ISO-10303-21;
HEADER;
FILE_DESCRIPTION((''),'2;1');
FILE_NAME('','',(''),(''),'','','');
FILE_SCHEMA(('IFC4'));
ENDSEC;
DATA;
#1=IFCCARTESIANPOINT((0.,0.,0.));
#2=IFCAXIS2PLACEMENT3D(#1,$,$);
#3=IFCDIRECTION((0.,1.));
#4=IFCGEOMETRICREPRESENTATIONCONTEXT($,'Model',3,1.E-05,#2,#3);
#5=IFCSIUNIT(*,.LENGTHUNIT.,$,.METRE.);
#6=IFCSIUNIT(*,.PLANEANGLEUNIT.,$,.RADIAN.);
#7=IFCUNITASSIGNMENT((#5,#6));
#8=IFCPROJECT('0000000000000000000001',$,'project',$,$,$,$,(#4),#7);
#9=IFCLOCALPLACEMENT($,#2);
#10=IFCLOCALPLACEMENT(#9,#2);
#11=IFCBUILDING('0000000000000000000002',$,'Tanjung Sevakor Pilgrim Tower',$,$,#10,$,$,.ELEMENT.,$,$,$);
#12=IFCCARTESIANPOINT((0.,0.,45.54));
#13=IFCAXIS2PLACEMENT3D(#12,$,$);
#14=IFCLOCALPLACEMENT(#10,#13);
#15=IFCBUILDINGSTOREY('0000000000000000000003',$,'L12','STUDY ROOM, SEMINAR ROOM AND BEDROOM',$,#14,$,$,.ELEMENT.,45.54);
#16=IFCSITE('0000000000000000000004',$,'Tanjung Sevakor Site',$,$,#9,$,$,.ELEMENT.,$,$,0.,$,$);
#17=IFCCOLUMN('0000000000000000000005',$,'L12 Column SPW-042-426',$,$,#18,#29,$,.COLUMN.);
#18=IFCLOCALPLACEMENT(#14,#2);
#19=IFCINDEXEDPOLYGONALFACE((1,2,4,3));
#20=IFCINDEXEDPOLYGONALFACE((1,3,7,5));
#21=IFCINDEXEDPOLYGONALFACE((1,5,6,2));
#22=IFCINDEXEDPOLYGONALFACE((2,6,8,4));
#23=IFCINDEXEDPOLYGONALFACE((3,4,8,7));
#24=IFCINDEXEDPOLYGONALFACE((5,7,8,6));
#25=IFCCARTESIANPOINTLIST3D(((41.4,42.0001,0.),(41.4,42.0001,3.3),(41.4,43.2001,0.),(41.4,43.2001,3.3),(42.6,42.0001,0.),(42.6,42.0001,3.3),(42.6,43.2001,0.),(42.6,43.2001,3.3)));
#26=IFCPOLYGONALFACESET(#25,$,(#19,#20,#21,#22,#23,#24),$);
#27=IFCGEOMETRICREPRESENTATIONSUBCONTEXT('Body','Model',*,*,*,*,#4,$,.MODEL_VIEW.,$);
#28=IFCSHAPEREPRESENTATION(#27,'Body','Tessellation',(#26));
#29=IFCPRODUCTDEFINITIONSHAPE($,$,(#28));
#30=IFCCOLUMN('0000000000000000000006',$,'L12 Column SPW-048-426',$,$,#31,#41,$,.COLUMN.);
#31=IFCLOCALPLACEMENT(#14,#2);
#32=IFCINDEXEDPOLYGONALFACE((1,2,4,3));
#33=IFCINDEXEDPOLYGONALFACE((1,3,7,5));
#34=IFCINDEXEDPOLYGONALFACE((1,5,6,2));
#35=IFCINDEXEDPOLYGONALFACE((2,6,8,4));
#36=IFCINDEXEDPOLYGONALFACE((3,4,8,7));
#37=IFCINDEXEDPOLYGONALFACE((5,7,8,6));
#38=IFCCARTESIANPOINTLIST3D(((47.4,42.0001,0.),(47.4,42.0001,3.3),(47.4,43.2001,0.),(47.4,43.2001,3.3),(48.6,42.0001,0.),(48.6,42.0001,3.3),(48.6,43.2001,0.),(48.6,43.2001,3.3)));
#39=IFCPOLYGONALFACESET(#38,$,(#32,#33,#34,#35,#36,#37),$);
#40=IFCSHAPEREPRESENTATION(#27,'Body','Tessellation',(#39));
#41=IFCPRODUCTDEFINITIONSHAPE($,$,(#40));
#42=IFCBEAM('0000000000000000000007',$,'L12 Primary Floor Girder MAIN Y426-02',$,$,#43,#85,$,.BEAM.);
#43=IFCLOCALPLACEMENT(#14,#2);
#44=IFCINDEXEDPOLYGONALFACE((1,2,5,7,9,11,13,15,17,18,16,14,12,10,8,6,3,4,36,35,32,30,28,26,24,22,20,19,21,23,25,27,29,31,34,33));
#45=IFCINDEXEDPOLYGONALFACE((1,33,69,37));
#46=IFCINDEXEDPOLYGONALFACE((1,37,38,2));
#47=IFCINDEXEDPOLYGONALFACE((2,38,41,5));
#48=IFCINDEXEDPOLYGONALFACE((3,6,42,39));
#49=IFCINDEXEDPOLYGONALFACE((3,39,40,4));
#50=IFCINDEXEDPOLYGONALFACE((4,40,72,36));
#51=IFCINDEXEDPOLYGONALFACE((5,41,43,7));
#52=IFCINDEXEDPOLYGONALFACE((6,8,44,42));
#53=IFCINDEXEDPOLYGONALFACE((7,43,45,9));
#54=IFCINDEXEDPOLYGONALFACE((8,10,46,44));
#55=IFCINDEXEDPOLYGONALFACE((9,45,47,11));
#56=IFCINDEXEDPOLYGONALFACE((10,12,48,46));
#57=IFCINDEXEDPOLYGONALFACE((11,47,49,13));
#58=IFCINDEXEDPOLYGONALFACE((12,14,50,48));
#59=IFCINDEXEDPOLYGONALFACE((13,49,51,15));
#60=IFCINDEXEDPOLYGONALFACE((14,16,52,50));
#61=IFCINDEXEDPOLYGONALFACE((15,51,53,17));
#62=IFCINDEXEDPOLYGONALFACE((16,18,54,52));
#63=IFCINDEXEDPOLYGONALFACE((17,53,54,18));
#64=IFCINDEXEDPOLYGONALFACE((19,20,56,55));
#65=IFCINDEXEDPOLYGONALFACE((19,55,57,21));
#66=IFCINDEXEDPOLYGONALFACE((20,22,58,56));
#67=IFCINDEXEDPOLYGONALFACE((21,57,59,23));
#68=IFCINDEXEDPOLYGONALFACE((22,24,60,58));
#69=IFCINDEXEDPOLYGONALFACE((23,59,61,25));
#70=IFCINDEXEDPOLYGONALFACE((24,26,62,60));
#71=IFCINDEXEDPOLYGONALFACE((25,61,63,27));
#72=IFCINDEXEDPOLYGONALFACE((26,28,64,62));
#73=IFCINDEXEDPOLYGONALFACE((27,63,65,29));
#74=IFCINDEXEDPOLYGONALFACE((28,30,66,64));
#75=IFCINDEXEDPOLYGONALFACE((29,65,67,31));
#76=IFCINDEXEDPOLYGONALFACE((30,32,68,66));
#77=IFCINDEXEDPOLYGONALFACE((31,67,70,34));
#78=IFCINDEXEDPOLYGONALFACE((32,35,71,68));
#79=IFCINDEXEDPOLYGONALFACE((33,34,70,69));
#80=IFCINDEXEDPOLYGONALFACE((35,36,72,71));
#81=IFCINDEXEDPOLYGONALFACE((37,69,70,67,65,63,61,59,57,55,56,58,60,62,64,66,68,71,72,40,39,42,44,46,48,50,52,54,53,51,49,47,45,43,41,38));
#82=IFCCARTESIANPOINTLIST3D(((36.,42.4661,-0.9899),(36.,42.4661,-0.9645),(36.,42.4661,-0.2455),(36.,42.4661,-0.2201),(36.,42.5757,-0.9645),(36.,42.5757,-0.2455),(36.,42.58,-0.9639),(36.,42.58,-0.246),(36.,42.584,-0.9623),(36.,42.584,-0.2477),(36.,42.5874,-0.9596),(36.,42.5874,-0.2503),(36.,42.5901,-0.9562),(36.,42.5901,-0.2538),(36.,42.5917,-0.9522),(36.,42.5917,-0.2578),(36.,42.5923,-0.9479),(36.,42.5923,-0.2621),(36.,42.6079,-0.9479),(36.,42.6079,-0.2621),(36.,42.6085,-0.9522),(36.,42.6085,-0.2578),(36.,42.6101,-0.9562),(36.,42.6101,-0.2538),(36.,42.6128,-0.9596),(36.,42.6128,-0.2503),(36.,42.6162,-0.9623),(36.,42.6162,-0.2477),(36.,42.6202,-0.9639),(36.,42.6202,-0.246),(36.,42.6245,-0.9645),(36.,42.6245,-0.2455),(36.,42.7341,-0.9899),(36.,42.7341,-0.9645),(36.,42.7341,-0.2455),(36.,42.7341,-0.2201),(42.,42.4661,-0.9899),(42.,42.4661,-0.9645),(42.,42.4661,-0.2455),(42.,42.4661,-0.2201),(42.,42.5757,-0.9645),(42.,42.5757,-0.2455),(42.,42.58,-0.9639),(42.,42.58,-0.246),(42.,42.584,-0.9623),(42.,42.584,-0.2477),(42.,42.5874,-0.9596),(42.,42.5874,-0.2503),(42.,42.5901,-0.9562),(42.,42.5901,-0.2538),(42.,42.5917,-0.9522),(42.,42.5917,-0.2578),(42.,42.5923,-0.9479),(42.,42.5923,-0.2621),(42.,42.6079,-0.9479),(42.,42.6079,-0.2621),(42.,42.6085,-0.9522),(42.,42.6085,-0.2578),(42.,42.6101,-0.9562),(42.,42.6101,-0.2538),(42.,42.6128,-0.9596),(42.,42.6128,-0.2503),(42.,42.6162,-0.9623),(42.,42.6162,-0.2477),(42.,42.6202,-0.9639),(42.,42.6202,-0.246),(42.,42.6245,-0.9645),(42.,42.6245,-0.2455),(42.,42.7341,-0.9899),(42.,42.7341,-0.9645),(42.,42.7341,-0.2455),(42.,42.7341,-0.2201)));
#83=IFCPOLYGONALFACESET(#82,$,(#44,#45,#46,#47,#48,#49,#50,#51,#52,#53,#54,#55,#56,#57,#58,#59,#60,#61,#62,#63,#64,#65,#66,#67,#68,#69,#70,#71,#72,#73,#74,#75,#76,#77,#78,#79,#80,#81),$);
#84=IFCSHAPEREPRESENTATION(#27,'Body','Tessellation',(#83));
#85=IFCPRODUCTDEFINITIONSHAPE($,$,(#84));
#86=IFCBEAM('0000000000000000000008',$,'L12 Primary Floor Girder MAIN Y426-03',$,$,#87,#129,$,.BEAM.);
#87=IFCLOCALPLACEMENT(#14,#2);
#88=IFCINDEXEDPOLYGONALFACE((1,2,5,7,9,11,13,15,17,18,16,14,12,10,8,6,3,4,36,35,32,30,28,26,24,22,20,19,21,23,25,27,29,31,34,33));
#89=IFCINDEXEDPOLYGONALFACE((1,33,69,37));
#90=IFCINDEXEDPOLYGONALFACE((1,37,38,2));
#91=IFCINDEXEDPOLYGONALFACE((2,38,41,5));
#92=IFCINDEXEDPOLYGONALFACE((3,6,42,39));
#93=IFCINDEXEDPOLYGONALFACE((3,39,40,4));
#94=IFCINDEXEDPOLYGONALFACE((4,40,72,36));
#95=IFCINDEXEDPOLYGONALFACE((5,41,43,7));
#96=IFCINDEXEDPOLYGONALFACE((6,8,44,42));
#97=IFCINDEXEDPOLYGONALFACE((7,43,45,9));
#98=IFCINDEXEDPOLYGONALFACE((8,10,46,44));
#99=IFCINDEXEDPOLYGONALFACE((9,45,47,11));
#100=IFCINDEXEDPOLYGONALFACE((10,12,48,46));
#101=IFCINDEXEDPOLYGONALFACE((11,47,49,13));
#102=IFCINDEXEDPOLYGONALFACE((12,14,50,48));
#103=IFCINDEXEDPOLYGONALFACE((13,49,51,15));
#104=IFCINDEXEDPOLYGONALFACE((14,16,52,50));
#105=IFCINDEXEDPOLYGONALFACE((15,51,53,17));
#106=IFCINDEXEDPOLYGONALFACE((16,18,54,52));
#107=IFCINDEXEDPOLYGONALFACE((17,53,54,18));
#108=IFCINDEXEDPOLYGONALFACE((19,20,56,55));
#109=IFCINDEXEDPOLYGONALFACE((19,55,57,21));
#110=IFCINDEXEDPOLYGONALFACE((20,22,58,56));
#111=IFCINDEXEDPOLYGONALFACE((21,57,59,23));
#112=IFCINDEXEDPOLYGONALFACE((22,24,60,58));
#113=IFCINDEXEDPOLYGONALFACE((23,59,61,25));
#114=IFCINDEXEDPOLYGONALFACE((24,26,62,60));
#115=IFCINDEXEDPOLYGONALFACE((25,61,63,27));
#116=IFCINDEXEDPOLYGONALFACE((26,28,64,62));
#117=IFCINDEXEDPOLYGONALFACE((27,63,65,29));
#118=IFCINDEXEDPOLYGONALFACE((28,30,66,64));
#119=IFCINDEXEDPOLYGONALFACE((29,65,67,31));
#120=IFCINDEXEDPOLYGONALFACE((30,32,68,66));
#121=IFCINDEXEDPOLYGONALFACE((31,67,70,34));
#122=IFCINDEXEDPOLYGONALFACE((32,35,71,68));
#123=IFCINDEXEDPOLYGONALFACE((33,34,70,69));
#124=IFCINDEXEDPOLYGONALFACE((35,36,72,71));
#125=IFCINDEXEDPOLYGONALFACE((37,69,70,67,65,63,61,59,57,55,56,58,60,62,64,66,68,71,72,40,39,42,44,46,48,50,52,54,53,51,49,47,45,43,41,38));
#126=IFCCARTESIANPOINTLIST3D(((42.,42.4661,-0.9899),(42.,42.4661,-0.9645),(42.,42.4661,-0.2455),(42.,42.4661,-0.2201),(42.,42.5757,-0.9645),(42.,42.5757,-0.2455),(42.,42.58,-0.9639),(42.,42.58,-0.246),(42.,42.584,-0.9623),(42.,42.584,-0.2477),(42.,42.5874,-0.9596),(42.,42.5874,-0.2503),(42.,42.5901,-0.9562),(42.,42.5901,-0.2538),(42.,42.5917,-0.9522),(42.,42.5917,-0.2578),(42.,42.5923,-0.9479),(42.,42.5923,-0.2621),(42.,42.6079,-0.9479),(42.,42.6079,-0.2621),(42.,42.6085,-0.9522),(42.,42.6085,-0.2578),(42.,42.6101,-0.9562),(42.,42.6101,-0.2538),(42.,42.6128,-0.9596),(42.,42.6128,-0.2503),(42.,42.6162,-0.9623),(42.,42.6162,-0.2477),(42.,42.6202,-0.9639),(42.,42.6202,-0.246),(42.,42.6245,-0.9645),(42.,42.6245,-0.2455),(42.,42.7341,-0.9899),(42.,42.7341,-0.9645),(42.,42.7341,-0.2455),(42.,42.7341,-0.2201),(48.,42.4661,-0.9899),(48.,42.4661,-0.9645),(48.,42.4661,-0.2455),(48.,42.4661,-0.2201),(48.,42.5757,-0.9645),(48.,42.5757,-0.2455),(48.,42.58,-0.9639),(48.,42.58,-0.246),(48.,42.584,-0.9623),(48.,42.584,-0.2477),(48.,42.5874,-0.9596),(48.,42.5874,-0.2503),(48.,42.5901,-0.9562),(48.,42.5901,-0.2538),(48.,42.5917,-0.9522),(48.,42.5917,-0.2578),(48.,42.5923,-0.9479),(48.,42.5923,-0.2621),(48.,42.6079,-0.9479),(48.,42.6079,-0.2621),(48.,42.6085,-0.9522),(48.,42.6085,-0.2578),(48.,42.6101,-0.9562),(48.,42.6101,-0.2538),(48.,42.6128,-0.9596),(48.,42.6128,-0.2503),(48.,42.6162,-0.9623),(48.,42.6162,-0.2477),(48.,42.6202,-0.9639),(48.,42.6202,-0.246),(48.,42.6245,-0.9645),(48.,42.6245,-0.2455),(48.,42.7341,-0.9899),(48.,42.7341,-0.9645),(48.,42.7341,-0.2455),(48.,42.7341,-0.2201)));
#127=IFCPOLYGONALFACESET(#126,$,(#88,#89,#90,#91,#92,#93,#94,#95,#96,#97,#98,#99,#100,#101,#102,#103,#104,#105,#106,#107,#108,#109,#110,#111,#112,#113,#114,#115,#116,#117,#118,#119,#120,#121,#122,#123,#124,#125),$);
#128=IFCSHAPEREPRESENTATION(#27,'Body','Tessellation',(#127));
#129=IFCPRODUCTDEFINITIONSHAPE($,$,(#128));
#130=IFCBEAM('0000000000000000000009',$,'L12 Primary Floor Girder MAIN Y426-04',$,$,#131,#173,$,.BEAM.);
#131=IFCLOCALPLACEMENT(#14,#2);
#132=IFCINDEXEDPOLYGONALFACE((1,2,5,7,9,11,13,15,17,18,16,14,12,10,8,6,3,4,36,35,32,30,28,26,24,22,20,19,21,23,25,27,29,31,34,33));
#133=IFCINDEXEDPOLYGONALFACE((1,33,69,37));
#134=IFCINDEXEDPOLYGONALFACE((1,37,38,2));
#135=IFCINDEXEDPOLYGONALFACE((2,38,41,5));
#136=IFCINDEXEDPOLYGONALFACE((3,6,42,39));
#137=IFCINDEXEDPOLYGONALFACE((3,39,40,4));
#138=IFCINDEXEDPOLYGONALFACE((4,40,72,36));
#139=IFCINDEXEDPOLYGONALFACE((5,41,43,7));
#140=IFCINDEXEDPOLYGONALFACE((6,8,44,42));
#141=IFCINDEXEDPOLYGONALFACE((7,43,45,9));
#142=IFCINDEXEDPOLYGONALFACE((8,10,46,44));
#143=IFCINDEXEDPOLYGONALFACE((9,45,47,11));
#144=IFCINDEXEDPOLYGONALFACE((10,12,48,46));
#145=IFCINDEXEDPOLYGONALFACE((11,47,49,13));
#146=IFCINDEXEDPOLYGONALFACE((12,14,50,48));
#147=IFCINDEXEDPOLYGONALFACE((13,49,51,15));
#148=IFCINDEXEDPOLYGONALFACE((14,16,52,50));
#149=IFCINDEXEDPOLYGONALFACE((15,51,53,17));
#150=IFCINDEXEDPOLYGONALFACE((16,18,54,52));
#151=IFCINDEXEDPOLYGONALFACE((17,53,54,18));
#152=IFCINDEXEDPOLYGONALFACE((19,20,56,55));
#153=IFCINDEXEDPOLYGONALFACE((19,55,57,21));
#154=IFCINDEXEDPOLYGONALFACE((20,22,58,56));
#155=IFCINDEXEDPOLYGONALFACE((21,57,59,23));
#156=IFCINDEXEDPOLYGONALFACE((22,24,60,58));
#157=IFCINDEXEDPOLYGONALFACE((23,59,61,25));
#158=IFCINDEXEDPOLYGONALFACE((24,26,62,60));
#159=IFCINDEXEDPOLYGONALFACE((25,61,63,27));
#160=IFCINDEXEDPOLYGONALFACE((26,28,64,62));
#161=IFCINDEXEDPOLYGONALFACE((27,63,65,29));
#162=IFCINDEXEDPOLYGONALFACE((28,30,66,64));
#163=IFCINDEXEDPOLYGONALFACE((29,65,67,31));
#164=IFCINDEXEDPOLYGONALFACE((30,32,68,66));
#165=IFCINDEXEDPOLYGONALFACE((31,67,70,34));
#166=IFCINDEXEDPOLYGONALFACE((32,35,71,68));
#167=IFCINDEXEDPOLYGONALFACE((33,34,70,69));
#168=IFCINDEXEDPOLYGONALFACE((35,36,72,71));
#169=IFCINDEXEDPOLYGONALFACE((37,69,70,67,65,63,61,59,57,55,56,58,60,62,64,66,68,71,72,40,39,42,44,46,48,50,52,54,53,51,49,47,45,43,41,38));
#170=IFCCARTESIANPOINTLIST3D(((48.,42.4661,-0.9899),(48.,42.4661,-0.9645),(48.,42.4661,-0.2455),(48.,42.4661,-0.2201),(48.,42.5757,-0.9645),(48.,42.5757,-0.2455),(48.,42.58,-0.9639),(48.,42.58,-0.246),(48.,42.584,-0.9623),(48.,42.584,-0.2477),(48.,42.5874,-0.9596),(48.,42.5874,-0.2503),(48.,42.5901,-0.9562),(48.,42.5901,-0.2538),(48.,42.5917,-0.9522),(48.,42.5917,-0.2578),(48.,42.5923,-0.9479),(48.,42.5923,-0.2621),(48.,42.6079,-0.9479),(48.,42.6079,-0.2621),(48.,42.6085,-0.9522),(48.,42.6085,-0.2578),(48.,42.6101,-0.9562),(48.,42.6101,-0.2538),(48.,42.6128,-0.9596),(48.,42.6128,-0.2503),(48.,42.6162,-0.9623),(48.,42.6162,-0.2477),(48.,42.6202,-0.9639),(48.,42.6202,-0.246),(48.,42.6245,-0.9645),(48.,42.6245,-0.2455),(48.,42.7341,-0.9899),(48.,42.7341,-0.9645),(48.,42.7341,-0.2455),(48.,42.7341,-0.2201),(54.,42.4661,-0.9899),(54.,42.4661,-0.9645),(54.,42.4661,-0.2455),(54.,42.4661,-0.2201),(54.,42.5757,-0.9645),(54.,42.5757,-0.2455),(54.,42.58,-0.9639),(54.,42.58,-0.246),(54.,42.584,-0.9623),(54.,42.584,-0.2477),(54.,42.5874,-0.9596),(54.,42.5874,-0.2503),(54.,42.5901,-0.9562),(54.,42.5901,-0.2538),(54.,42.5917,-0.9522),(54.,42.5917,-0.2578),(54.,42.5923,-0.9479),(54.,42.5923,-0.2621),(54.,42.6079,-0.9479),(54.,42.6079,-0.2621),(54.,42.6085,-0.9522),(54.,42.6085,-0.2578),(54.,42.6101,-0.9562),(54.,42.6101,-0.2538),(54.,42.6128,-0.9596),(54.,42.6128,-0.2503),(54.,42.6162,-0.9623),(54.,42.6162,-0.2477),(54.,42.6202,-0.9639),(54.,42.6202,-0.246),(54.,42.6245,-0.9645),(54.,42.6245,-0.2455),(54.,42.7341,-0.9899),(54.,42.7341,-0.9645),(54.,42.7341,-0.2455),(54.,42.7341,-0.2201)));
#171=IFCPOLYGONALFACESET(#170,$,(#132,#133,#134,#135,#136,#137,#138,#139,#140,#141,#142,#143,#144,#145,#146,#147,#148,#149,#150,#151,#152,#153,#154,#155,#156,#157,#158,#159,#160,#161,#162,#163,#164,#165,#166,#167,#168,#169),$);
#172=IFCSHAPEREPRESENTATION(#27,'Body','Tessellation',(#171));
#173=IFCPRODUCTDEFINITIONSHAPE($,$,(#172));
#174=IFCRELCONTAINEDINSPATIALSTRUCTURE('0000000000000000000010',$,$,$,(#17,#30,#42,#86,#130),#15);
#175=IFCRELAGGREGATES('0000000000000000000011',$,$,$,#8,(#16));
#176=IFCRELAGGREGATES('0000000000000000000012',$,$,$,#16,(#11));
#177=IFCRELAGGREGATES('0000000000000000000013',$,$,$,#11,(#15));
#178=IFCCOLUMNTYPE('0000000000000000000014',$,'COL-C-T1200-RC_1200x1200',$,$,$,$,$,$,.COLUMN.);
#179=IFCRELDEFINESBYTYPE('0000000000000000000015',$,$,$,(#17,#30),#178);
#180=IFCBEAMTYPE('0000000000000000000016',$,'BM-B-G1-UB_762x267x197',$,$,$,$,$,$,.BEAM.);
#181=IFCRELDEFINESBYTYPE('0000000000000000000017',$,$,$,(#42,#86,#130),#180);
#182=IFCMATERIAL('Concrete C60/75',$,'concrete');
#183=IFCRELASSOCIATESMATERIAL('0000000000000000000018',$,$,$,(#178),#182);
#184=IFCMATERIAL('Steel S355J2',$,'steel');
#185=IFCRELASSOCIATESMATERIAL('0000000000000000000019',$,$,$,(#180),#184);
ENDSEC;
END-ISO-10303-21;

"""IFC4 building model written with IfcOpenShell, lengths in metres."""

from ifc_helpers import new_model, si_unit, direction, frame, origin, origin_2d, place, context, subcontext, project, spatial, rectangle, i_section, extrude, material, material_profile, profile_set, type_object, element, save


model = new_model("IFC4")

# Units and contexts
model_context = context("Model", 3, precision=1e-05, world=origin(), true_north=direction((0.0, 1.0)))
body_context = subcontext(model_context, "Body", "Model", "MODEL_VIEW")
ifc_project = project(units=[si_unit("LENGTHUNIT", "METRE"), si_unit("PLANEANGLEUNIT", "RADIAN")], contexts=[model_context])

# Site, building, storey
site_placement = place(None, origin())
site = spatial("IfcSite", under=ifc_project, at=site_placement, Name="Tanjung Sevakor Site", CompositionType="ELEMENT", RefElevation=0.0)
building_placement = place(site_placement, origin())
building = spatial("IfcBuilding", under=site, at=building_placement, Name="Tanjung Sevakor Pilgrim Tower", CompositionType="ELEMENT")
storey_placement = place(building_placement, frame((0.0, 0.0, 45.54)))
storey = spatial("IfcBuildingStorey", under=building, at=storey_placement, Name="L12", Description="STUDY ROOM, SEMINAR ROOM AND BEDROOM", CompositionType="ELEMENT", Elevation=45.54)

# Columns
ifc_material_1 = material(Name="Concrete C60/75", Category="concrete")
ifc_material_profile_1 = material_profile(ifc_material_1, rectangle(XDim=1.2, YDim=1.2, at=origin_2d()))
ifc_profile_set_1 = profile_set([ifc_material_profile_1], Name="Concrete C60/75")
column_type = type_object("IfcColumnType", Name="COL-C-T1200-RC_1200x1200", PredefinedType="COLUMN", material=ifc_profile_set_1)
for number, where, z_axis, x_axis, name in (
    (1, (42.0, 42.6001, 0.0), (0.0, 0.0, 1.0), (1.0, 0.0, 0.0), "L12 Column SPW-042-426"),
    (2, (48.0, 42.6001, 0.0), (0.0, 0.0, 1.0), (1.0, 0.0, 0.0), "L12 Column SPW-048-426"),
):
    element("IfcColumn", number, at=place(storey_placement, frame(where, z_axis=z_axis, x_axis=x_axis)), inside=storey, type_object=column_type, Name=name, PredefinedType="COLUMN", context=body_context, shape_type="SweptSolid", body=[
        extrude(rectangle(XDim=1.2, YDim=1.2, at=origin_2d()), origin(), (0.0, 0.0, 1.0), 3.3),
    ])

# Beams
ifc_material_2 = material(Name="Steel S355J2", Category="steel")
ifc_material_profile_2 = material_profile(ifc_material_2, i_section(OverallWidth=0.2681, OverallDepth=0.7698, WebThickness=0.0156, FlangeThickness=0.0254, FilletRadius=0.0166, at=origin_2d()))
ifc_profile_set_2 = profile_set([ifc_material_profile_2], Name="Steel S355J2")
beam_type_1 = type_object("IfcBeamType", Name="BM-B-G1-UB_762x267x197", PredefinedType="BEAM", material=ifc_profile_set_2)
for number, where, z_axis, x_axis, name in (
    (3, (36.0, 42.6001, -0.605), (1.0, 0.0, 0.0), (0.0, 1.0, 0.0), "L12 Primary Floor Girder MAIN Y426-02"),
    (4, (42.0, 42.6001, -0.605), (1.0, 0.0, 0.0), (0.0, 1.0, 0.0), "L12 Primary Floor Girder MAIN Y426-03"),
    (5, (48.0, 42.6001, -0.605), (1.0, 0.0, 0.0), (0.0, 1.0, 0.0), "L12 Primary Floor Girder MAIN Y426-04"),
):
    element("IfcBeam", number, at=place(storey_placement, frame(where, z_axis=z_axis, x_axis=x_axis)), inside=storey, type_object=beam_type_1, Name=name, PredefinedType="BEAM", context=body_context, shape_type="SweptSolid", body=[
        extrude(i_section(OverallWidth=0.2681, OverallDepth=0.7698, WebThickness=0.0156, FlangeThickness=0.0254, FilletRadius=0.0166, at=origin_2d()), origin(), (0.0, 0.0, 1.0), 6.0),
    ])

save(model, "model.ifc")
